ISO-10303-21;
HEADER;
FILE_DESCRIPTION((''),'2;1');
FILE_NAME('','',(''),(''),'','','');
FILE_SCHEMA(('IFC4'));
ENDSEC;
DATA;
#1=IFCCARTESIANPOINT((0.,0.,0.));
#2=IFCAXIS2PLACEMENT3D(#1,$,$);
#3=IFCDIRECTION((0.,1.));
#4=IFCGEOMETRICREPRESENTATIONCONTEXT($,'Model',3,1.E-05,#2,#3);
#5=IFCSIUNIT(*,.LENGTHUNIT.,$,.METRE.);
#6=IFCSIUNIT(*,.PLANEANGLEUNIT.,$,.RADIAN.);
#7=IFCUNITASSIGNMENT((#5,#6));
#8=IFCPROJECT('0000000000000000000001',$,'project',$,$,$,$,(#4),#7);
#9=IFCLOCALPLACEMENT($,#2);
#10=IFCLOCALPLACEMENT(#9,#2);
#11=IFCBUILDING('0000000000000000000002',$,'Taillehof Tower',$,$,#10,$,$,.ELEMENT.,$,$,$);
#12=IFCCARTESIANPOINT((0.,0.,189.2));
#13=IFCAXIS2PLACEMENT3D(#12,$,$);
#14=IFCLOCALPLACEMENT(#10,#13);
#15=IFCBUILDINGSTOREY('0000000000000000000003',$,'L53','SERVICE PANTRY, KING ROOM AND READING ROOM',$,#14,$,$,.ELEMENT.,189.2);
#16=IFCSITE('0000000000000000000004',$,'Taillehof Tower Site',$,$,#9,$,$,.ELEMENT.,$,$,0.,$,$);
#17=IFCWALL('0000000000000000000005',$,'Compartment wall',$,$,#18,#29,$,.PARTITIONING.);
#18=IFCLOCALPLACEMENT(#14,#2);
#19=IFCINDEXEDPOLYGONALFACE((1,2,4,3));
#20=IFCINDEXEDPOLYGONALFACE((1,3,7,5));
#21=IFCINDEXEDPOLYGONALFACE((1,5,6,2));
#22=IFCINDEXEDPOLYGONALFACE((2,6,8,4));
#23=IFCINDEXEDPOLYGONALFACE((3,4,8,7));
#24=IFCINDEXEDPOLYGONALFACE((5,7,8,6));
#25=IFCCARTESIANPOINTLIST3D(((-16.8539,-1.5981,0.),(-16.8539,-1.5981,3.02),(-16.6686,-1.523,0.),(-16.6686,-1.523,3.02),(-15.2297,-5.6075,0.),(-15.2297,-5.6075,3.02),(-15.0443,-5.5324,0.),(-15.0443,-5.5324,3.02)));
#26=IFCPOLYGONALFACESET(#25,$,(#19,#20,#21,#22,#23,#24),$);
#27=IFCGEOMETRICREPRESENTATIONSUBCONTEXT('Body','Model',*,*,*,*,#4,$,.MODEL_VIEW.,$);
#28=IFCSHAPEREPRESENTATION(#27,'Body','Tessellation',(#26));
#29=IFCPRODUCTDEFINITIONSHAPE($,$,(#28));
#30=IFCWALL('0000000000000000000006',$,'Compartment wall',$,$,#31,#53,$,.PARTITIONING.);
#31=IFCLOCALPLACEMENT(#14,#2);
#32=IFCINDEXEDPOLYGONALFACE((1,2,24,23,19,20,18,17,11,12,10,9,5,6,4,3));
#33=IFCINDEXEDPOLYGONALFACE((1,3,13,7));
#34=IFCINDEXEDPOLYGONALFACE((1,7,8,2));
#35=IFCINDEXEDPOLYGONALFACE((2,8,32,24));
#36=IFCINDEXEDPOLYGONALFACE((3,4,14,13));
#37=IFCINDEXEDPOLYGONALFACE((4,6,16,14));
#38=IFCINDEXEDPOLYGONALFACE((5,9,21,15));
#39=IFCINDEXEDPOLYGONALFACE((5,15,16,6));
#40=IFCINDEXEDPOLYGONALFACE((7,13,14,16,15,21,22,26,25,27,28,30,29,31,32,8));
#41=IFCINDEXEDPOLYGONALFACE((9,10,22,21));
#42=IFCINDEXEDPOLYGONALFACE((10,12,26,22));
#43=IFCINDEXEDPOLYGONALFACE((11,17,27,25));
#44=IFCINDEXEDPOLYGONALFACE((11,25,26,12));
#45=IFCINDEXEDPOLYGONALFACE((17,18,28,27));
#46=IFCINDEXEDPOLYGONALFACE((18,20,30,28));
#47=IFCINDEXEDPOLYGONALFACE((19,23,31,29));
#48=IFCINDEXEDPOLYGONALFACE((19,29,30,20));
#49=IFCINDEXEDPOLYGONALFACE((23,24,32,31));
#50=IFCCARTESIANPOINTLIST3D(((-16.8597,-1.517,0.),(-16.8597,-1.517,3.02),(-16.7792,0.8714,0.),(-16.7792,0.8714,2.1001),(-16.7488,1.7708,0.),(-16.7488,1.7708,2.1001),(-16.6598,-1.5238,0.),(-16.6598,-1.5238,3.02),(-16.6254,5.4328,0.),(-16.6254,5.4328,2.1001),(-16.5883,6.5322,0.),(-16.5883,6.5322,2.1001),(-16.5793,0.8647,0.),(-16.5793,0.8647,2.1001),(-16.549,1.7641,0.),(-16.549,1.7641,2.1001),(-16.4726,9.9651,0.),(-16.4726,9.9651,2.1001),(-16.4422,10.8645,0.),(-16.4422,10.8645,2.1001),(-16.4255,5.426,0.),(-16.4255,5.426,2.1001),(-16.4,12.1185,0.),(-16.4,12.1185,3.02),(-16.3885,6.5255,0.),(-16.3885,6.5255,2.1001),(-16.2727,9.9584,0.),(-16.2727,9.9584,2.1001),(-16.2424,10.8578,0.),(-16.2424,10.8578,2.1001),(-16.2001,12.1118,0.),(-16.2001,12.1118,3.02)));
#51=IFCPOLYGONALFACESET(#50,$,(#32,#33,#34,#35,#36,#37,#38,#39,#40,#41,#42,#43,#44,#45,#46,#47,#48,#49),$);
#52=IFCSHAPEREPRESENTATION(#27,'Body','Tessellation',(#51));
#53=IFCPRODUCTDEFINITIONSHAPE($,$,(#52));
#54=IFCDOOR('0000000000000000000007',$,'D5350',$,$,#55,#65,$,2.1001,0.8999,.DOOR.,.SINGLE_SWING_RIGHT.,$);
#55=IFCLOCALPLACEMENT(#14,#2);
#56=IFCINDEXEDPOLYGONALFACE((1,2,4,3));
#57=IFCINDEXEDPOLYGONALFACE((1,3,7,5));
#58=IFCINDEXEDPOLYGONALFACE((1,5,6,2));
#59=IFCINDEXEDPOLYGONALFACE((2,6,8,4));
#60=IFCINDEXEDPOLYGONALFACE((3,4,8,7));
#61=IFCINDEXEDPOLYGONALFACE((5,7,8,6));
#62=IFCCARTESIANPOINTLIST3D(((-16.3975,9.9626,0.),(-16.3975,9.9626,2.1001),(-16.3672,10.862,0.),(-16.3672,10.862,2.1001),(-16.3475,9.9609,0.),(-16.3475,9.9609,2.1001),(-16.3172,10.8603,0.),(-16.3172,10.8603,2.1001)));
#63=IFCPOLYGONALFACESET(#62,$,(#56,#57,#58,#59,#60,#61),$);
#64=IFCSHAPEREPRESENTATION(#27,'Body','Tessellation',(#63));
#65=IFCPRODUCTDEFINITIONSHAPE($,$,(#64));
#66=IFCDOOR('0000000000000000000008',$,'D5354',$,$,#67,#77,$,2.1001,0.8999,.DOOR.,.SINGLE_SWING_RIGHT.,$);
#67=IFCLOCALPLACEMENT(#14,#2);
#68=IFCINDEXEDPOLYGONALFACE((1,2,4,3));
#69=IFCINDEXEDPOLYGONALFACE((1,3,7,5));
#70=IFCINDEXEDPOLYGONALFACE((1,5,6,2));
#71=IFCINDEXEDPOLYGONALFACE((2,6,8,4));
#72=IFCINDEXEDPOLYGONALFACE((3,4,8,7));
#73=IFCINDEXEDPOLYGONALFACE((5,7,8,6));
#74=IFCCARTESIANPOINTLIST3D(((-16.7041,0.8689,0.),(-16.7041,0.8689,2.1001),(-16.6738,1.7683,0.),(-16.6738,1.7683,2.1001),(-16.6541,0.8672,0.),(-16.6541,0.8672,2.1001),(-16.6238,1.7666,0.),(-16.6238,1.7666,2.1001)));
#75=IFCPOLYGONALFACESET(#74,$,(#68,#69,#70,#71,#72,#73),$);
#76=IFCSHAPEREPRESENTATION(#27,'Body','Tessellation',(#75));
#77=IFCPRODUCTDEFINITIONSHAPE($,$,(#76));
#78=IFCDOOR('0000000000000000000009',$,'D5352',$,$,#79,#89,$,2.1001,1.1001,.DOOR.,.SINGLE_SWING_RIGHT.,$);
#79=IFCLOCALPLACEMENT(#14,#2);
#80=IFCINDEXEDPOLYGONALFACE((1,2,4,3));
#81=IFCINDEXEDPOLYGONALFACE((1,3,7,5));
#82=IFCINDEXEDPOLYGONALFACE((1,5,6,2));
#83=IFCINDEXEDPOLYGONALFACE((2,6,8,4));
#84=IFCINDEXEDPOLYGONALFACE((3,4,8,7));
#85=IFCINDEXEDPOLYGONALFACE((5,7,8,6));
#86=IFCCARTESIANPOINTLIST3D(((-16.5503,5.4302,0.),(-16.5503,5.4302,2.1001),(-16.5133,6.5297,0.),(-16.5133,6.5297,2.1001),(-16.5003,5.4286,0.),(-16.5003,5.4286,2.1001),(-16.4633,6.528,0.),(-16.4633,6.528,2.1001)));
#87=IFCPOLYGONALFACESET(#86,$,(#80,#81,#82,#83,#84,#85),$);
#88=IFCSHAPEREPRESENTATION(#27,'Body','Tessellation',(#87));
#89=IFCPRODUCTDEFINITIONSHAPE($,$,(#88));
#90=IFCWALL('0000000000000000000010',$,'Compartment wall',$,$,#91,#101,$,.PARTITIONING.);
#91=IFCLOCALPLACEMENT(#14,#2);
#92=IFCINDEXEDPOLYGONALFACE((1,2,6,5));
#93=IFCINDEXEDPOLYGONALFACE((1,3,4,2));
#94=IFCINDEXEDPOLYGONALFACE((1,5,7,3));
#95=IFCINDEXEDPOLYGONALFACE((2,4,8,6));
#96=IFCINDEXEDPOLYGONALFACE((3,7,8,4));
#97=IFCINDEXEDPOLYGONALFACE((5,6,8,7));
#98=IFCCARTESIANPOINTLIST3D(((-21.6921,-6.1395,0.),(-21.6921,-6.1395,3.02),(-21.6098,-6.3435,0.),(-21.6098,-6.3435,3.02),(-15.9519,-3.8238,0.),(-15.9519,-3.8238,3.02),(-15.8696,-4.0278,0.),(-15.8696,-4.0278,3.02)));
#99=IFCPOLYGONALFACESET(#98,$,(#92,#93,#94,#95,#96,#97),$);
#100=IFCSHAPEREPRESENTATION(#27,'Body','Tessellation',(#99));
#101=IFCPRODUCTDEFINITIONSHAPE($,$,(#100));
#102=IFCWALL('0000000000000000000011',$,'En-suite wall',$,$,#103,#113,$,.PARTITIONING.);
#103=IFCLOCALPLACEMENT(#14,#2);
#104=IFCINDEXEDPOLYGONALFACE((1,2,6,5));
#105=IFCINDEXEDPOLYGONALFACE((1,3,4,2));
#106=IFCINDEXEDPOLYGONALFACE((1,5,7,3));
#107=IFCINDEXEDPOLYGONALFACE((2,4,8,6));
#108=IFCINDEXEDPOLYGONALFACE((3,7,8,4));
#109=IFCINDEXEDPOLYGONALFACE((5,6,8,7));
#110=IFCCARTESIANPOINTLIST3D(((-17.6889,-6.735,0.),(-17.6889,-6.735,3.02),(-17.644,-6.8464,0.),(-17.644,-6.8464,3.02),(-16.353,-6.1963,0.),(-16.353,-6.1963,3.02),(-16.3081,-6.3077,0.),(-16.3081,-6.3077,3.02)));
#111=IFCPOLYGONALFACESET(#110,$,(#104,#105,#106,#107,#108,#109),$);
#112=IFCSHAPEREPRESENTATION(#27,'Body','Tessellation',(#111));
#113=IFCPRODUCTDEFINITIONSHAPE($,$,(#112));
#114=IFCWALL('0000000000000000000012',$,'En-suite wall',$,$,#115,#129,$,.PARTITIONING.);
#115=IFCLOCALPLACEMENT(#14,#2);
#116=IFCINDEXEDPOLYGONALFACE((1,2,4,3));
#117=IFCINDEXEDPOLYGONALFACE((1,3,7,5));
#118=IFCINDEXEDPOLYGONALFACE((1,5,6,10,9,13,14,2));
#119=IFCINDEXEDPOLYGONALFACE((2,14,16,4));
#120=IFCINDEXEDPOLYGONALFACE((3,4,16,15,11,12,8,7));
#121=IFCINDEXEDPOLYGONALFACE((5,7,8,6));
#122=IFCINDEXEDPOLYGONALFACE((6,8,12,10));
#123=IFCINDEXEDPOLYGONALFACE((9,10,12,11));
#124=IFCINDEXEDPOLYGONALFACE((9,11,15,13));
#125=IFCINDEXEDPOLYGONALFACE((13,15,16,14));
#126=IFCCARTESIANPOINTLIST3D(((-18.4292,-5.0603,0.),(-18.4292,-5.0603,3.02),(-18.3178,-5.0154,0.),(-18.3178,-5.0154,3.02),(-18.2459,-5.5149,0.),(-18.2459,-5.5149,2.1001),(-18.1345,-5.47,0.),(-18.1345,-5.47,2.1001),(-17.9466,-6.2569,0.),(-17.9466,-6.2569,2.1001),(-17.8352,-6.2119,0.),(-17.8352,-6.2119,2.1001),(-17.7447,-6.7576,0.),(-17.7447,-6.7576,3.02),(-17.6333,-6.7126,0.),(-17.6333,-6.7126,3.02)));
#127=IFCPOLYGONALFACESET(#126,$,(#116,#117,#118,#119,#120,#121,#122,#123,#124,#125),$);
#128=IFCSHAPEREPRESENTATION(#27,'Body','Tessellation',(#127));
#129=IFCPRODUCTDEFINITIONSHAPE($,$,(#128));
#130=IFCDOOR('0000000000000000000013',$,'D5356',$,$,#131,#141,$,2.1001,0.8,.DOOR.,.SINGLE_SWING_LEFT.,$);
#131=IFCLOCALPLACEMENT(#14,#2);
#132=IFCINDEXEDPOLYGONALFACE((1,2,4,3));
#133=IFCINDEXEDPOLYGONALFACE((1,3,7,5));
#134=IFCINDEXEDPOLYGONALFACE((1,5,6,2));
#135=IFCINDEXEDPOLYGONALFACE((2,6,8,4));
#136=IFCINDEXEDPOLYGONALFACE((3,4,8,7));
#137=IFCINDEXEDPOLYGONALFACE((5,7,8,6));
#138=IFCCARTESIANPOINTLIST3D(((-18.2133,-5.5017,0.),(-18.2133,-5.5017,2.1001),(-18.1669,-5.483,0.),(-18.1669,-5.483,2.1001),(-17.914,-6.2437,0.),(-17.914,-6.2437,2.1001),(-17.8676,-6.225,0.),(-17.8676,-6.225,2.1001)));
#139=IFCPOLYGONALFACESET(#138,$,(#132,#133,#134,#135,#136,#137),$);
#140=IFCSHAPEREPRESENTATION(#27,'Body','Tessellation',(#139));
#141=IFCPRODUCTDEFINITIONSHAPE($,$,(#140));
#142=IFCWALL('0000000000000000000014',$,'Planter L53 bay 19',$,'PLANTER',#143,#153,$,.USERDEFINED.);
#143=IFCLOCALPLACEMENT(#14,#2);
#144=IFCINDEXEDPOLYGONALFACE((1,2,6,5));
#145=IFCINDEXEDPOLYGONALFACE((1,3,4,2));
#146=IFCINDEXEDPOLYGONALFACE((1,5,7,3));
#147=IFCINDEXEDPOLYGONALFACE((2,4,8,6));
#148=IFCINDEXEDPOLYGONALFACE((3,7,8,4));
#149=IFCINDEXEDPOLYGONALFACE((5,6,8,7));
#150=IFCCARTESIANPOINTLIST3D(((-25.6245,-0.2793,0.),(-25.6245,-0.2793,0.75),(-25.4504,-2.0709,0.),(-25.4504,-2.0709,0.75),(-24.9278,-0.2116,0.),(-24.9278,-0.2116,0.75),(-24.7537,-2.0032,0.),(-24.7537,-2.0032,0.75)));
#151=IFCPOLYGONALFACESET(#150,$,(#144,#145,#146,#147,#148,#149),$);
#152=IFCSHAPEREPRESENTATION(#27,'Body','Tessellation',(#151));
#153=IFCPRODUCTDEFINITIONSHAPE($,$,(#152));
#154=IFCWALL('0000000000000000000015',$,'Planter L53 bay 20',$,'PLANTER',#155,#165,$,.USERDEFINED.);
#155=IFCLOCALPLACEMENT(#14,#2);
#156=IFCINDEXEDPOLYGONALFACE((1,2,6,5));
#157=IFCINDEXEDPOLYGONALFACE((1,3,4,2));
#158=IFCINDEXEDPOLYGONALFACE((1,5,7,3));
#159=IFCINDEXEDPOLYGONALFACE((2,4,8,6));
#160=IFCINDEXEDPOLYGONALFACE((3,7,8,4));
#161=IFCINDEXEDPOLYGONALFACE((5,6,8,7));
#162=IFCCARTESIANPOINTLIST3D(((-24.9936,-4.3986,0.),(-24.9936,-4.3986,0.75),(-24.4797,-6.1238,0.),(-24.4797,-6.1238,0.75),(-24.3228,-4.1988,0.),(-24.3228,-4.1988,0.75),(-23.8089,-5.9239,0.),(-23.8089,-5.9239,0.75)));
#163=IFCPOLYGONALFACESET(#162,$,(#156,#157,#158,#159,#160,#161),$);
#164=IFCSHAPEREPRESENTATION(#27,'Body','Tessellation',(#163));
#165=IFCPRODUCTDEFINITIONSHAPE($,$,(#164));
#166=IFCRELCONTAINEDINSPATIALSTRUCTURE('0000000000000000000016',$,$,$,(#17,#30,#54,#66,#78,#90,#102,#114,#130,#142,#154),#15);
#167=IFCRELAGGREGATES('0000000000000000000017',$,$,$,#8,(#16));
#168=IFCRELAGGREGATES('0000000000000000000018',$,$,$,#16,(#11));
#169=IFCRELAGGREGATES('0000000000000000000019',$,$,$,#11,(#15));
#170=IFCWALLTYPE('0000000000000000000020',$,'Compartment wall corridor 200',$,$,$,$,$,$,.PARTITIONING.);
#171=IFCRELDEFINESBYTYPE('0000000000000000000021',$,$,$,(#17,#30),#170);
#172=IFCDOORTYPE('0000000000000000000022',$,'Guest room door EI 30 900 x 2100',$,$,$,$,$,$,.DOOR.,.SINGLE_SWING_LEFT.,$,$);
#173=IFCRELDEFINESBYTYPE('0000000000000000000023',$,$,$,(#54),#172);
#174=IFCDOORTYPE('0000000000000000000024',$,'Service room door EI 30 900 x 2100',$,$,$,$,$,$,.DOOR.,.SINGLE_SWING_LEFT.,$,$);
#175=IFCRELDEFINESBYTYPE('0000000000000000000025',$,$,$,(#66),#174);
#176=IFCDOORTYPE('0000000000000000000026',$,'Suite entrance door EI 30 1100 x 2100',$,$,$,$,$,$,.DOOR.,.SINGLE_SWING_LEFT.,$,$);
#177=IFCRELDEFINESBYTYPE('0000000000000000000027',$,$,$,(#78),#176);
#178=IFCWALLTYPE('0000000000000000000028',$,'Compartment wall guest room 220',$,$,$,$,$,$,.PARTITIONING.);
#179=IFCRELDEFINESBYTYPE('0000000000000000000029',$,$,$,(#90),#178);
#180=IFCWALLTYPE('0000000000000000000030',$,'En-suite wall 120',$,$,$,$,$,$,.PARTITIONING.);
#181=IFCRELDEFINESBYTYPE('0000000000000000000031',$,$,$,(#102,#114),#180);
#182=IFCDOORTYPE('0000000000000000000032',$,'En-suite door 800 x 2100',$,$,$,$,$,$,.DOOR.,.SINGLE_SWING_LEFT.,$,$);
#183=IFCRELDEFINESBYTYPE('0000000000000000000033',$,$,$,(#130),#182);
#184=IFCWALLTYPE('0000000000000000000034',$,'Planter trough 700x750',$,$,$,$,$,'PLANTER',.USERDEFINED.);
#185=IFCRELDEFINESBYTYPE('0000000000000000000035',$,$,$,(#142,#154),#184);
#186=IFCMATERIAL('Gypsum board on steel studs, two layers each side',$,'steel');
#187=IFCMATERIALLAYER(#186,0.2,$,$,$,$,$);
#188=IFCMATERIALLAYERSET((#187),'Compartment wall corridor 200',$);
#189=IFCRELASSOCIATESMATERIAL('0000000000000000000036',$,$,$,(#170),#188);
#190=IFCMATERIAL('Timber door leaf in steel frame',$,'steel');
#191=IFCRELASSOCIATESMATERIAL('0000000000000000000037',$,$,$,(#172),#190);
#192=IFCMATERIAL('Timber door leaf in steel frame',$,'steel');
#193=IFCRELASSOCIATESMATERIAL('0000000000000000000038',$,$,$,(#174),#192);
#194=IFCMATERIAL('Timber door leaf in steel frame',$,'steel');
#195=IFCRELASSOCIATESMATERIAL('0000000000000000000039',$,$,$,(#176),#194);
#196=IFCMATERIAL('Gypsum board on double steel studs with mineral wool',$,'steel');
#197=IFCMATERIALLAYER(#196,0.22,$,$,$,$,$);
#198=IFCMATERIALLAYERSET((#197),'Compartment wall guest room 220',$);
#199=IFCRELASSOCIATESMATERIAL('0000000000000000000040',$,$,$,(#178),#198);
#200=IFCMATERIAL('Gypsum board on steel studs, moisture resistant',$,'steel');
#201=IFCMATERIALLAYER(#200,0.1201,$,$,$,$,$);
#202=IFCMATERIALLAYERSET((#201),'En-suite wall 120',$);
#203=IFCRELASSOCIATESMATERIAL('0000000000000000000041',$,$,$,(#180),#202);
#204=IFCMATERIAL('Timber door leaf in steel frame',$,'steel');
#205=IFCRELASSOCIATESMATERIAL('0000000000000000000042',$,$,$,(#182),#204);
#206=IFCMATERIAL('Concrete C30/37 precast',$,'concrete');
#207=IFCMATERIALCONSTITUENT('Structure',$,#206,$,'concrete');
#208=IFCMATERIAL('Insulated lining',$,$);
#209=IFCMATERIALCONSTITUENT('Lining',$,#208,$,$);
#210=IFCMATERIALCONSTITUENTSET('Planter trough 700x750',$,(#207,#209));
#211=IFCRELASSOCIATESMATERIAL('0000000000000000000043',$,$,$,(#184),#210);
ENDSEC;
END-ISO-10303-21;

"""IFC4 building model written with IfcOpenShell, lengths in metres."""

from ifc_helpers import new_model, si_unit, direction, frame, frame_2d, origin, place, context, subcontext, project, spatial, rectangle, extrude, material, layer, layer_set, constituent, constituent_set, type_object, element, fill, save


model = new_model("IFC4")

# Units and contexts
model_context = context("Model", 3, precision=1e-05, world=origin(), true_north=direction((0.0, 1.0)))
body_context = subcontext(model_context, "Body", "Model", "MODEL_VIEW")
ifc_project = project(units=[si_unit("LENGTHUNIT", "METRE"), si_unit("PLANEANGLEUNIT", "RADIAN")], contexts=[model_context])

# Site, building, storey
site_placement = place(None, origin())
site = spatial("IfcSite", under=ifc_project, at=site_placement, Name="Taillehof Tower Site", CompositionType="ELEMENT", RefElevation=0.0)
building_placement = place(site_placement, origin())
building = spatial("IfcBuilding", under=site, at=building_placement, Name="Taillehof Tower", CompositionType="ELEMENT")
storey_placement = place(building_placement, frame((0.0, 0.0, 189.2)))
storey = spatial("IfcBuildingStorey", under=building, at=storey_placement, Name="L53", Description="SERVICE PANTRY, KING ROOM AND READING ROOM", CompositionType="ELEMENT", Elevation=189.2)

# Wall
ifc_material_1 = material(Name="Gypsum board on steel studs, two layers each side", Category="steel")
ifc_layer_1 = layer(ifc_material_1, 0.2)
ifc_layer_set_1 = layer_set([ifc_layer_1], Name="Compartment wall corridor 200")
wall_type_1 = type_object("IfcWallType", Name="Compartment wall corridor 200", PredefinedType="PARTITIONING", material=ifc_layer_set_1)
wall_1_placement = place(storey_placement, frame((-15.137, -5.5701, 0.0), z_axis=(0.0, 0.0, 1.0), x_axis=(-0.375464, 0.926837, 0.0)))
element("IfcWall", 1, at=wall_1_placement, inside=storey, type_object=wall_type_1, Name="Compartment wall", PredefinedType="PARTITIONING", context=body_context, shape_type="SweptSolid", body=[
    extrude(rectangle(XDim=4.3259, YDim=0.2, at=frame_2d((2.1631, 0.0))), origin(), (0.0, 0.0, 1.0), 3.02),
])

# Wall, openings, doors
wall_2_placement = place(storey_placement, frame((-16.7598, -1.5205, 0.0), z_axis=(0.0, 0.0, 1.0), x_axis=(0.033696, 0.999432, 0.0)))
wall_2 = element("IfcWall", 2, at=wall_2_placement, inside=storey, type_object=wall_type_1, Name="Compartment wall", PredefinedType="PARTITIONING", context=body_context, shape_type="SweptSolid", body=[
    extrude(rectangle(XDim=13.6433, YDim=0.2, at=frame_2d((6.8218, 0.0))), origin(), (0.0, 0.0, 1.0), 3.02),
])
opening_1_placement = place(wall_2_placement, frame((11.4888, 0.0, 0.0)))
opening_1 = element("IfcOpeningElement", 3, at=opening_1_placement, cuts=wall_2, PredefinedType="OPENING", context=body_context, shape_type="SweptSolid", body=[
    extrude(rectangle(XDim=0.8999, YDim=2.1001, at=frame_2d((0.45, 1.05))), frame((0.0, 0.1099, 0.0), z_axis=(0.0, -1.0, 0.0), x_axis=(1.0, 0.0, 0.0)), (0.0, 0.0, 1.0), 0.22),
])
opening_2_placement = place(wall_2_placement, frame((6.9539, 0.0, 0.0)))
opening_2 = element("IfcOpeningElement", 4, at=opening_2_placement, cuts=wall_2, PredefinedType="OPENING", context=body_context, shape_type="SweptSolid", body=[
    extrude(rectangle(XDim=1.1001, YDim=2.1001, at=frame_2d((0.55, 1.05))), frame((0.0, 0.1099, 0.0), z_axis=(0.0, -1.0, 0.0), x_axis=(1.0, 0.0, 0.0)), (0.0, 0.0, 1.0), 0.22),
])
opening_3_placement = place(wall_2_placement, frame((2.3899, 0.0, 0.0)))
opening_3 = element("IfcOpeningElement", 5, at=opening_3_placement, cuts=wall_2, PredefinedType="OPENING", context=body_context, shape_type="SweptSolid", body=[
    extrude(rectangle(XDim=0.8999, YDim=2.1001, at=frame_2d((0.45, 1.05))), frame((0.0, 0.1099, 0.0), z_axis=(0.0, -1.0, 0.0), x_axis=(1.0, 0.0, 0.0)), (0.0, 0.0, 1.0), 0.22),
])
ifc_material_2 = material(Name="Timber door leaf in steel frame", Category="steel")
door_type_1 = type_object("IfcDoorType", Name="Guest room door EI 30 900 x 2100", OperationType="SINGLE_SWING_LEFT", PredefinedType="DOOR", material=ifc_material_2)
door_1_placement = place(opening_1_placement, origin())
door_1 = element("IfcDoor", 6, at=door_1_placement, inside=storey, type_object=door_type_1, Name="D5350", OperationType="SINGLE_SWING_RIGHT", OverallHeight=2.1001, OverallWidth=0.8999, PredefinedType="DOOR", context=body_context, shape_type="SweptSolid", body=[
    extrude(rectangle(XDim=0.8999, YDim=2.1001, at=frame_2d((0.45, 1.05))), frame((0.0, 0.0249, 0.0), z_axis=(0.0, -1.0, 0.0), x_axis=(1.0, 0.0, 0.0)), (0.0, 0.0, 1.0), 0.05),
])
fill(opening_1, door_1)
ifc_material_3 = material(Name="Timber door leaf in steel frame", Category="steel")
door_type_2 = type_object("IfcDoorType", Name="Service room door EI 30 900 x 2100", OperationType="SINGLE_SWING_LEFT", PredefinedType="DOOR", material=ifc_material_3)
door_2_placement = place(opening_3_placement, origin())
door_2 = element("IfcDoor", 7, at=door_2_placement, inside=storey, type_object=door_type_2, Name="D5354", OperationType="SINGLE_SWING_RIGHT", OverallHeight=2.1001, OverallWidth=0.8999, PredefinedType="DOOR", context=body_context, shape_type="SweptSolid", body=[
    extrude(rectangle(XDim=0.8999, YDim=2.1001, at=frame_2d((0.45, 1.05))), frame((0.0, 0.0249, 0.0), z_axis=(0.0, -1.0, 0.0), x_axis=(1.0, 0.0, 0.0)), (0.0, 0.0, 1.0), 0.05),
])
fill(opening_3, door_2)
ifc_material_4 = material(Name="Timber door leaf in steel frame", Category="steel")
door_type_3 = type_object("IfcDoorType", Name="Suite entrance door EI 30 1100 x 2100", OperationType="SINGLE_SWING_LEFT", PredefinedType="DOOR", material=ifc_material_4)
door_3_placement = place(opening_2_placement, origin())
door_3 = element("IfcDoor", 8, at=door_3_placement, inside=storey, type_object=door_type_3, Name="D5352", OperationType="SINGLE_SWING_RIGHT", OverallHeight=2.1001, OverallWidth=1.1001, PredefinedType="DOOR", context=body_context, shape_type="SweptSolid", body=[
    extrude(rectangle(XDim=1.1001, YDim=2.1001, at=frame_2d((0.55, 1.05))), frame((0.0, 0.0249, 0.0), z_axis=(0.0, -1.0, 0.0), x_axis=(1.0, 0.0, 0.0)), (0.0, 0.0, 1.0), 0.05),
])
fill(opening_2, door_3)

# Walls
ifc_material_5 = material(Name="Gypsum board on double steel studs with mineral wool", Category="steel")
ifc_layer_2 = layer(ifc_material_5, 0.22)
ifc_layer_set_2 = layer_set([ifc_layer_2], Name="Compartment wall guest room 220")
wall_type_2 = type_object("IfcWallType", Name="Compartment wall guest room 220", PredefinedType="PARTITIONING", material=ifc_layer_set_2)
wall_3_placement = place(storey_placement, frame((-21.6509, -6.2415, 0.0), z_axis=(0.0, 0.0, 1.0), x_axis=(0.927382, 0.374116, 0.0)))
element("IfcWall", 9, at=wall_3_placement, inside=storey, type_object=wall_type_2, Name="Compartment wall", PredefinedType="PARTITIONING", context=body_context, shape_type="SweptSolid", body=[
    extrude(rectangle(XDim=6.1897, YDim=0.22, at=frame_2d((3.0947, 0.0))), origin(), (0.0, 0.0, 1.0), 3.02),
])
ifc_material_6 = material(Name="Gypsum board on steel studs, moisture resistant", Category="steel")
ifc_layer_3 = layer(ifc_material_6, 0.1201)
ifc_layer_set_3 = layer_set([ifc_layer_3], Name="En-suite wall 120")
wall_type_3 = type_object("IfcWallType", Name="En-suite wall 120", PredefinedType="PARTITIONING", material=ifc_layer_set_3)
wall_4_placement = place(storey_placement, frame((-16.3306, -6.252, 0.0), z_axis=(0.0, 0.0, 1.0), x_axis=(-0.927409, -0.374048, 0.0)))
element("IfcWall", 10, at=wall_4_placement, inside=storey, type_object=wall_type_3, Name="En-suite wall", PredefinedType="PARTITIONING", context=body_context, shape_type="SweptSolid", body=[
    extrude(rectangle(XDim=1.4404, YDim=0.1201, at=frame_2d((0.7202, 0.0))), origin(), (0.0, 0.0, 1.0), 3.02),
])

# Wall, opening, door
wall_5_placement = place(storey_placement, frame((-17.689, -6.7351, 0.0), z_axis=(0.0, 0.0, 1.0), x_axis=(-0.374057, 0.927406, 0.0)))
wall_5 = element("IfcWall", 11, at=wall_5_placement, inside=storey, type_object=wall_type_3, Name="En-suite wall", PredefinedType="PARTITIONING", context=body_context, shape_type="SweptSolid", body=[
    extrude(rectangle(XDim=1.8301, YDim=0.1201, at=frame_2d((0.915, 0.0))), origin(), (0.0, 0.0, 1.0), 3.02),
])
opening_4_placement = place(wall_5_placement, frame((0.54, 0.0, 0.0)))
opening_4 = element("IfcOpeningElement", 12, at=opening_4_placement, cuts=wall_5, PredefinedType="OPENING", context=body_context, shape_type="SweptSolid", body=[
    extrude(rectangle(XDim=0.8, YDim=2.1001, at=frame_2d((0.3999, 1.05))), frame((0.0, 0.0701, 0.0), z_axis=(0.0, -1.0, 0.0), x_axis=(1.0, 0.0, 0.0)), (0.0, 0.0, 1.0), 0.1401),
])
ifc_material_7 = material(Name="Timber door leaf in steel frame", Category="steel")
door_type_4 = type_object("IfcDoorType", Name="En-suite door 800 x 2100", OperationType="SINGLE_SWING_LEFT", PredefinedType="DOOR", material=ifc_material_7)
door_4_placement = place(opening_4_placement, origin())
door_4 = element("IfcDoor", 13, at=door_4_placement, inside=storey, type_object=door_type_4, Name="D5356", OperationType="SINGLE_SWING_LEFT", OverallHeight=2.1001, OverallWidth=0.8, PredefinedType="DOOR", context=body_context, shape_type="SweptSolid", body=[
    extrude(rectangle(XDim=0.8, YDim=2.1001, at=frame_2d((0.3999, 1.05))), frame((0.0, 0.0249, 0.0), z_axis=(0.0, -1.0, 0.0), x_axis=(1.0, 0.0, 0.0)), (0.0, 0.0, 1.0), 0.05),
])
fill(opening_4, door_4)

# Walls
ifc_material_8 = material(Name="Concrete C30/37 precast", Category="concrete")
ifc_constituent_1 = constituent(ifc_material_8, Name="Structure", Category="concrete")
ifc_material_9 = material(Name="Insulated lining")
ifc_constituent_2 = constituent(ifc_material_9, Name="Lining")
ifc_constituent_set = constituent_set(constituents=[ifc_constituent_1, ifc_constituent_2], Name="Planter trough 700x750")
wall_type_4 = type_object("IfcWallType", Name="Planter trough 700x750", ElementType="PLANTER", PredefinedType="USERDEFINED", material=ifc_constituent_set)
for number, where, z_axis, x_axis, name in (
    (14, (-25.2761, -0.2456, 0.0), (0.0, 0.0, 1.0), (0.09671, -0.995313, 0.0), "Planter L53 bay 19"),
    (15, (-24.6582, -4.2988, 0.0), (0.0, 0.0, 1.0), (0.285506, -0.958377, 0.0), "Planter L53 bay 20"),
):
    element("IfcWall", number, at=place(storey_placement, frame(where, z_axis=z_axis, x_axis=x_axis)), inside=storey, type_object=wall_type_4, Name=name, ObjectType="PLANTER", PredefinedType="USERDEFINED", context=body_context, shape_type="SweptSolid", body=[
        extrude(rectangle(XDim=1.8, YDim=0.7, at=frame_2d((0.8999, 0.0))), origin(), (0.0, 0.0, 1.0), 0.75),
    ])

save(model, "model.ifc")
